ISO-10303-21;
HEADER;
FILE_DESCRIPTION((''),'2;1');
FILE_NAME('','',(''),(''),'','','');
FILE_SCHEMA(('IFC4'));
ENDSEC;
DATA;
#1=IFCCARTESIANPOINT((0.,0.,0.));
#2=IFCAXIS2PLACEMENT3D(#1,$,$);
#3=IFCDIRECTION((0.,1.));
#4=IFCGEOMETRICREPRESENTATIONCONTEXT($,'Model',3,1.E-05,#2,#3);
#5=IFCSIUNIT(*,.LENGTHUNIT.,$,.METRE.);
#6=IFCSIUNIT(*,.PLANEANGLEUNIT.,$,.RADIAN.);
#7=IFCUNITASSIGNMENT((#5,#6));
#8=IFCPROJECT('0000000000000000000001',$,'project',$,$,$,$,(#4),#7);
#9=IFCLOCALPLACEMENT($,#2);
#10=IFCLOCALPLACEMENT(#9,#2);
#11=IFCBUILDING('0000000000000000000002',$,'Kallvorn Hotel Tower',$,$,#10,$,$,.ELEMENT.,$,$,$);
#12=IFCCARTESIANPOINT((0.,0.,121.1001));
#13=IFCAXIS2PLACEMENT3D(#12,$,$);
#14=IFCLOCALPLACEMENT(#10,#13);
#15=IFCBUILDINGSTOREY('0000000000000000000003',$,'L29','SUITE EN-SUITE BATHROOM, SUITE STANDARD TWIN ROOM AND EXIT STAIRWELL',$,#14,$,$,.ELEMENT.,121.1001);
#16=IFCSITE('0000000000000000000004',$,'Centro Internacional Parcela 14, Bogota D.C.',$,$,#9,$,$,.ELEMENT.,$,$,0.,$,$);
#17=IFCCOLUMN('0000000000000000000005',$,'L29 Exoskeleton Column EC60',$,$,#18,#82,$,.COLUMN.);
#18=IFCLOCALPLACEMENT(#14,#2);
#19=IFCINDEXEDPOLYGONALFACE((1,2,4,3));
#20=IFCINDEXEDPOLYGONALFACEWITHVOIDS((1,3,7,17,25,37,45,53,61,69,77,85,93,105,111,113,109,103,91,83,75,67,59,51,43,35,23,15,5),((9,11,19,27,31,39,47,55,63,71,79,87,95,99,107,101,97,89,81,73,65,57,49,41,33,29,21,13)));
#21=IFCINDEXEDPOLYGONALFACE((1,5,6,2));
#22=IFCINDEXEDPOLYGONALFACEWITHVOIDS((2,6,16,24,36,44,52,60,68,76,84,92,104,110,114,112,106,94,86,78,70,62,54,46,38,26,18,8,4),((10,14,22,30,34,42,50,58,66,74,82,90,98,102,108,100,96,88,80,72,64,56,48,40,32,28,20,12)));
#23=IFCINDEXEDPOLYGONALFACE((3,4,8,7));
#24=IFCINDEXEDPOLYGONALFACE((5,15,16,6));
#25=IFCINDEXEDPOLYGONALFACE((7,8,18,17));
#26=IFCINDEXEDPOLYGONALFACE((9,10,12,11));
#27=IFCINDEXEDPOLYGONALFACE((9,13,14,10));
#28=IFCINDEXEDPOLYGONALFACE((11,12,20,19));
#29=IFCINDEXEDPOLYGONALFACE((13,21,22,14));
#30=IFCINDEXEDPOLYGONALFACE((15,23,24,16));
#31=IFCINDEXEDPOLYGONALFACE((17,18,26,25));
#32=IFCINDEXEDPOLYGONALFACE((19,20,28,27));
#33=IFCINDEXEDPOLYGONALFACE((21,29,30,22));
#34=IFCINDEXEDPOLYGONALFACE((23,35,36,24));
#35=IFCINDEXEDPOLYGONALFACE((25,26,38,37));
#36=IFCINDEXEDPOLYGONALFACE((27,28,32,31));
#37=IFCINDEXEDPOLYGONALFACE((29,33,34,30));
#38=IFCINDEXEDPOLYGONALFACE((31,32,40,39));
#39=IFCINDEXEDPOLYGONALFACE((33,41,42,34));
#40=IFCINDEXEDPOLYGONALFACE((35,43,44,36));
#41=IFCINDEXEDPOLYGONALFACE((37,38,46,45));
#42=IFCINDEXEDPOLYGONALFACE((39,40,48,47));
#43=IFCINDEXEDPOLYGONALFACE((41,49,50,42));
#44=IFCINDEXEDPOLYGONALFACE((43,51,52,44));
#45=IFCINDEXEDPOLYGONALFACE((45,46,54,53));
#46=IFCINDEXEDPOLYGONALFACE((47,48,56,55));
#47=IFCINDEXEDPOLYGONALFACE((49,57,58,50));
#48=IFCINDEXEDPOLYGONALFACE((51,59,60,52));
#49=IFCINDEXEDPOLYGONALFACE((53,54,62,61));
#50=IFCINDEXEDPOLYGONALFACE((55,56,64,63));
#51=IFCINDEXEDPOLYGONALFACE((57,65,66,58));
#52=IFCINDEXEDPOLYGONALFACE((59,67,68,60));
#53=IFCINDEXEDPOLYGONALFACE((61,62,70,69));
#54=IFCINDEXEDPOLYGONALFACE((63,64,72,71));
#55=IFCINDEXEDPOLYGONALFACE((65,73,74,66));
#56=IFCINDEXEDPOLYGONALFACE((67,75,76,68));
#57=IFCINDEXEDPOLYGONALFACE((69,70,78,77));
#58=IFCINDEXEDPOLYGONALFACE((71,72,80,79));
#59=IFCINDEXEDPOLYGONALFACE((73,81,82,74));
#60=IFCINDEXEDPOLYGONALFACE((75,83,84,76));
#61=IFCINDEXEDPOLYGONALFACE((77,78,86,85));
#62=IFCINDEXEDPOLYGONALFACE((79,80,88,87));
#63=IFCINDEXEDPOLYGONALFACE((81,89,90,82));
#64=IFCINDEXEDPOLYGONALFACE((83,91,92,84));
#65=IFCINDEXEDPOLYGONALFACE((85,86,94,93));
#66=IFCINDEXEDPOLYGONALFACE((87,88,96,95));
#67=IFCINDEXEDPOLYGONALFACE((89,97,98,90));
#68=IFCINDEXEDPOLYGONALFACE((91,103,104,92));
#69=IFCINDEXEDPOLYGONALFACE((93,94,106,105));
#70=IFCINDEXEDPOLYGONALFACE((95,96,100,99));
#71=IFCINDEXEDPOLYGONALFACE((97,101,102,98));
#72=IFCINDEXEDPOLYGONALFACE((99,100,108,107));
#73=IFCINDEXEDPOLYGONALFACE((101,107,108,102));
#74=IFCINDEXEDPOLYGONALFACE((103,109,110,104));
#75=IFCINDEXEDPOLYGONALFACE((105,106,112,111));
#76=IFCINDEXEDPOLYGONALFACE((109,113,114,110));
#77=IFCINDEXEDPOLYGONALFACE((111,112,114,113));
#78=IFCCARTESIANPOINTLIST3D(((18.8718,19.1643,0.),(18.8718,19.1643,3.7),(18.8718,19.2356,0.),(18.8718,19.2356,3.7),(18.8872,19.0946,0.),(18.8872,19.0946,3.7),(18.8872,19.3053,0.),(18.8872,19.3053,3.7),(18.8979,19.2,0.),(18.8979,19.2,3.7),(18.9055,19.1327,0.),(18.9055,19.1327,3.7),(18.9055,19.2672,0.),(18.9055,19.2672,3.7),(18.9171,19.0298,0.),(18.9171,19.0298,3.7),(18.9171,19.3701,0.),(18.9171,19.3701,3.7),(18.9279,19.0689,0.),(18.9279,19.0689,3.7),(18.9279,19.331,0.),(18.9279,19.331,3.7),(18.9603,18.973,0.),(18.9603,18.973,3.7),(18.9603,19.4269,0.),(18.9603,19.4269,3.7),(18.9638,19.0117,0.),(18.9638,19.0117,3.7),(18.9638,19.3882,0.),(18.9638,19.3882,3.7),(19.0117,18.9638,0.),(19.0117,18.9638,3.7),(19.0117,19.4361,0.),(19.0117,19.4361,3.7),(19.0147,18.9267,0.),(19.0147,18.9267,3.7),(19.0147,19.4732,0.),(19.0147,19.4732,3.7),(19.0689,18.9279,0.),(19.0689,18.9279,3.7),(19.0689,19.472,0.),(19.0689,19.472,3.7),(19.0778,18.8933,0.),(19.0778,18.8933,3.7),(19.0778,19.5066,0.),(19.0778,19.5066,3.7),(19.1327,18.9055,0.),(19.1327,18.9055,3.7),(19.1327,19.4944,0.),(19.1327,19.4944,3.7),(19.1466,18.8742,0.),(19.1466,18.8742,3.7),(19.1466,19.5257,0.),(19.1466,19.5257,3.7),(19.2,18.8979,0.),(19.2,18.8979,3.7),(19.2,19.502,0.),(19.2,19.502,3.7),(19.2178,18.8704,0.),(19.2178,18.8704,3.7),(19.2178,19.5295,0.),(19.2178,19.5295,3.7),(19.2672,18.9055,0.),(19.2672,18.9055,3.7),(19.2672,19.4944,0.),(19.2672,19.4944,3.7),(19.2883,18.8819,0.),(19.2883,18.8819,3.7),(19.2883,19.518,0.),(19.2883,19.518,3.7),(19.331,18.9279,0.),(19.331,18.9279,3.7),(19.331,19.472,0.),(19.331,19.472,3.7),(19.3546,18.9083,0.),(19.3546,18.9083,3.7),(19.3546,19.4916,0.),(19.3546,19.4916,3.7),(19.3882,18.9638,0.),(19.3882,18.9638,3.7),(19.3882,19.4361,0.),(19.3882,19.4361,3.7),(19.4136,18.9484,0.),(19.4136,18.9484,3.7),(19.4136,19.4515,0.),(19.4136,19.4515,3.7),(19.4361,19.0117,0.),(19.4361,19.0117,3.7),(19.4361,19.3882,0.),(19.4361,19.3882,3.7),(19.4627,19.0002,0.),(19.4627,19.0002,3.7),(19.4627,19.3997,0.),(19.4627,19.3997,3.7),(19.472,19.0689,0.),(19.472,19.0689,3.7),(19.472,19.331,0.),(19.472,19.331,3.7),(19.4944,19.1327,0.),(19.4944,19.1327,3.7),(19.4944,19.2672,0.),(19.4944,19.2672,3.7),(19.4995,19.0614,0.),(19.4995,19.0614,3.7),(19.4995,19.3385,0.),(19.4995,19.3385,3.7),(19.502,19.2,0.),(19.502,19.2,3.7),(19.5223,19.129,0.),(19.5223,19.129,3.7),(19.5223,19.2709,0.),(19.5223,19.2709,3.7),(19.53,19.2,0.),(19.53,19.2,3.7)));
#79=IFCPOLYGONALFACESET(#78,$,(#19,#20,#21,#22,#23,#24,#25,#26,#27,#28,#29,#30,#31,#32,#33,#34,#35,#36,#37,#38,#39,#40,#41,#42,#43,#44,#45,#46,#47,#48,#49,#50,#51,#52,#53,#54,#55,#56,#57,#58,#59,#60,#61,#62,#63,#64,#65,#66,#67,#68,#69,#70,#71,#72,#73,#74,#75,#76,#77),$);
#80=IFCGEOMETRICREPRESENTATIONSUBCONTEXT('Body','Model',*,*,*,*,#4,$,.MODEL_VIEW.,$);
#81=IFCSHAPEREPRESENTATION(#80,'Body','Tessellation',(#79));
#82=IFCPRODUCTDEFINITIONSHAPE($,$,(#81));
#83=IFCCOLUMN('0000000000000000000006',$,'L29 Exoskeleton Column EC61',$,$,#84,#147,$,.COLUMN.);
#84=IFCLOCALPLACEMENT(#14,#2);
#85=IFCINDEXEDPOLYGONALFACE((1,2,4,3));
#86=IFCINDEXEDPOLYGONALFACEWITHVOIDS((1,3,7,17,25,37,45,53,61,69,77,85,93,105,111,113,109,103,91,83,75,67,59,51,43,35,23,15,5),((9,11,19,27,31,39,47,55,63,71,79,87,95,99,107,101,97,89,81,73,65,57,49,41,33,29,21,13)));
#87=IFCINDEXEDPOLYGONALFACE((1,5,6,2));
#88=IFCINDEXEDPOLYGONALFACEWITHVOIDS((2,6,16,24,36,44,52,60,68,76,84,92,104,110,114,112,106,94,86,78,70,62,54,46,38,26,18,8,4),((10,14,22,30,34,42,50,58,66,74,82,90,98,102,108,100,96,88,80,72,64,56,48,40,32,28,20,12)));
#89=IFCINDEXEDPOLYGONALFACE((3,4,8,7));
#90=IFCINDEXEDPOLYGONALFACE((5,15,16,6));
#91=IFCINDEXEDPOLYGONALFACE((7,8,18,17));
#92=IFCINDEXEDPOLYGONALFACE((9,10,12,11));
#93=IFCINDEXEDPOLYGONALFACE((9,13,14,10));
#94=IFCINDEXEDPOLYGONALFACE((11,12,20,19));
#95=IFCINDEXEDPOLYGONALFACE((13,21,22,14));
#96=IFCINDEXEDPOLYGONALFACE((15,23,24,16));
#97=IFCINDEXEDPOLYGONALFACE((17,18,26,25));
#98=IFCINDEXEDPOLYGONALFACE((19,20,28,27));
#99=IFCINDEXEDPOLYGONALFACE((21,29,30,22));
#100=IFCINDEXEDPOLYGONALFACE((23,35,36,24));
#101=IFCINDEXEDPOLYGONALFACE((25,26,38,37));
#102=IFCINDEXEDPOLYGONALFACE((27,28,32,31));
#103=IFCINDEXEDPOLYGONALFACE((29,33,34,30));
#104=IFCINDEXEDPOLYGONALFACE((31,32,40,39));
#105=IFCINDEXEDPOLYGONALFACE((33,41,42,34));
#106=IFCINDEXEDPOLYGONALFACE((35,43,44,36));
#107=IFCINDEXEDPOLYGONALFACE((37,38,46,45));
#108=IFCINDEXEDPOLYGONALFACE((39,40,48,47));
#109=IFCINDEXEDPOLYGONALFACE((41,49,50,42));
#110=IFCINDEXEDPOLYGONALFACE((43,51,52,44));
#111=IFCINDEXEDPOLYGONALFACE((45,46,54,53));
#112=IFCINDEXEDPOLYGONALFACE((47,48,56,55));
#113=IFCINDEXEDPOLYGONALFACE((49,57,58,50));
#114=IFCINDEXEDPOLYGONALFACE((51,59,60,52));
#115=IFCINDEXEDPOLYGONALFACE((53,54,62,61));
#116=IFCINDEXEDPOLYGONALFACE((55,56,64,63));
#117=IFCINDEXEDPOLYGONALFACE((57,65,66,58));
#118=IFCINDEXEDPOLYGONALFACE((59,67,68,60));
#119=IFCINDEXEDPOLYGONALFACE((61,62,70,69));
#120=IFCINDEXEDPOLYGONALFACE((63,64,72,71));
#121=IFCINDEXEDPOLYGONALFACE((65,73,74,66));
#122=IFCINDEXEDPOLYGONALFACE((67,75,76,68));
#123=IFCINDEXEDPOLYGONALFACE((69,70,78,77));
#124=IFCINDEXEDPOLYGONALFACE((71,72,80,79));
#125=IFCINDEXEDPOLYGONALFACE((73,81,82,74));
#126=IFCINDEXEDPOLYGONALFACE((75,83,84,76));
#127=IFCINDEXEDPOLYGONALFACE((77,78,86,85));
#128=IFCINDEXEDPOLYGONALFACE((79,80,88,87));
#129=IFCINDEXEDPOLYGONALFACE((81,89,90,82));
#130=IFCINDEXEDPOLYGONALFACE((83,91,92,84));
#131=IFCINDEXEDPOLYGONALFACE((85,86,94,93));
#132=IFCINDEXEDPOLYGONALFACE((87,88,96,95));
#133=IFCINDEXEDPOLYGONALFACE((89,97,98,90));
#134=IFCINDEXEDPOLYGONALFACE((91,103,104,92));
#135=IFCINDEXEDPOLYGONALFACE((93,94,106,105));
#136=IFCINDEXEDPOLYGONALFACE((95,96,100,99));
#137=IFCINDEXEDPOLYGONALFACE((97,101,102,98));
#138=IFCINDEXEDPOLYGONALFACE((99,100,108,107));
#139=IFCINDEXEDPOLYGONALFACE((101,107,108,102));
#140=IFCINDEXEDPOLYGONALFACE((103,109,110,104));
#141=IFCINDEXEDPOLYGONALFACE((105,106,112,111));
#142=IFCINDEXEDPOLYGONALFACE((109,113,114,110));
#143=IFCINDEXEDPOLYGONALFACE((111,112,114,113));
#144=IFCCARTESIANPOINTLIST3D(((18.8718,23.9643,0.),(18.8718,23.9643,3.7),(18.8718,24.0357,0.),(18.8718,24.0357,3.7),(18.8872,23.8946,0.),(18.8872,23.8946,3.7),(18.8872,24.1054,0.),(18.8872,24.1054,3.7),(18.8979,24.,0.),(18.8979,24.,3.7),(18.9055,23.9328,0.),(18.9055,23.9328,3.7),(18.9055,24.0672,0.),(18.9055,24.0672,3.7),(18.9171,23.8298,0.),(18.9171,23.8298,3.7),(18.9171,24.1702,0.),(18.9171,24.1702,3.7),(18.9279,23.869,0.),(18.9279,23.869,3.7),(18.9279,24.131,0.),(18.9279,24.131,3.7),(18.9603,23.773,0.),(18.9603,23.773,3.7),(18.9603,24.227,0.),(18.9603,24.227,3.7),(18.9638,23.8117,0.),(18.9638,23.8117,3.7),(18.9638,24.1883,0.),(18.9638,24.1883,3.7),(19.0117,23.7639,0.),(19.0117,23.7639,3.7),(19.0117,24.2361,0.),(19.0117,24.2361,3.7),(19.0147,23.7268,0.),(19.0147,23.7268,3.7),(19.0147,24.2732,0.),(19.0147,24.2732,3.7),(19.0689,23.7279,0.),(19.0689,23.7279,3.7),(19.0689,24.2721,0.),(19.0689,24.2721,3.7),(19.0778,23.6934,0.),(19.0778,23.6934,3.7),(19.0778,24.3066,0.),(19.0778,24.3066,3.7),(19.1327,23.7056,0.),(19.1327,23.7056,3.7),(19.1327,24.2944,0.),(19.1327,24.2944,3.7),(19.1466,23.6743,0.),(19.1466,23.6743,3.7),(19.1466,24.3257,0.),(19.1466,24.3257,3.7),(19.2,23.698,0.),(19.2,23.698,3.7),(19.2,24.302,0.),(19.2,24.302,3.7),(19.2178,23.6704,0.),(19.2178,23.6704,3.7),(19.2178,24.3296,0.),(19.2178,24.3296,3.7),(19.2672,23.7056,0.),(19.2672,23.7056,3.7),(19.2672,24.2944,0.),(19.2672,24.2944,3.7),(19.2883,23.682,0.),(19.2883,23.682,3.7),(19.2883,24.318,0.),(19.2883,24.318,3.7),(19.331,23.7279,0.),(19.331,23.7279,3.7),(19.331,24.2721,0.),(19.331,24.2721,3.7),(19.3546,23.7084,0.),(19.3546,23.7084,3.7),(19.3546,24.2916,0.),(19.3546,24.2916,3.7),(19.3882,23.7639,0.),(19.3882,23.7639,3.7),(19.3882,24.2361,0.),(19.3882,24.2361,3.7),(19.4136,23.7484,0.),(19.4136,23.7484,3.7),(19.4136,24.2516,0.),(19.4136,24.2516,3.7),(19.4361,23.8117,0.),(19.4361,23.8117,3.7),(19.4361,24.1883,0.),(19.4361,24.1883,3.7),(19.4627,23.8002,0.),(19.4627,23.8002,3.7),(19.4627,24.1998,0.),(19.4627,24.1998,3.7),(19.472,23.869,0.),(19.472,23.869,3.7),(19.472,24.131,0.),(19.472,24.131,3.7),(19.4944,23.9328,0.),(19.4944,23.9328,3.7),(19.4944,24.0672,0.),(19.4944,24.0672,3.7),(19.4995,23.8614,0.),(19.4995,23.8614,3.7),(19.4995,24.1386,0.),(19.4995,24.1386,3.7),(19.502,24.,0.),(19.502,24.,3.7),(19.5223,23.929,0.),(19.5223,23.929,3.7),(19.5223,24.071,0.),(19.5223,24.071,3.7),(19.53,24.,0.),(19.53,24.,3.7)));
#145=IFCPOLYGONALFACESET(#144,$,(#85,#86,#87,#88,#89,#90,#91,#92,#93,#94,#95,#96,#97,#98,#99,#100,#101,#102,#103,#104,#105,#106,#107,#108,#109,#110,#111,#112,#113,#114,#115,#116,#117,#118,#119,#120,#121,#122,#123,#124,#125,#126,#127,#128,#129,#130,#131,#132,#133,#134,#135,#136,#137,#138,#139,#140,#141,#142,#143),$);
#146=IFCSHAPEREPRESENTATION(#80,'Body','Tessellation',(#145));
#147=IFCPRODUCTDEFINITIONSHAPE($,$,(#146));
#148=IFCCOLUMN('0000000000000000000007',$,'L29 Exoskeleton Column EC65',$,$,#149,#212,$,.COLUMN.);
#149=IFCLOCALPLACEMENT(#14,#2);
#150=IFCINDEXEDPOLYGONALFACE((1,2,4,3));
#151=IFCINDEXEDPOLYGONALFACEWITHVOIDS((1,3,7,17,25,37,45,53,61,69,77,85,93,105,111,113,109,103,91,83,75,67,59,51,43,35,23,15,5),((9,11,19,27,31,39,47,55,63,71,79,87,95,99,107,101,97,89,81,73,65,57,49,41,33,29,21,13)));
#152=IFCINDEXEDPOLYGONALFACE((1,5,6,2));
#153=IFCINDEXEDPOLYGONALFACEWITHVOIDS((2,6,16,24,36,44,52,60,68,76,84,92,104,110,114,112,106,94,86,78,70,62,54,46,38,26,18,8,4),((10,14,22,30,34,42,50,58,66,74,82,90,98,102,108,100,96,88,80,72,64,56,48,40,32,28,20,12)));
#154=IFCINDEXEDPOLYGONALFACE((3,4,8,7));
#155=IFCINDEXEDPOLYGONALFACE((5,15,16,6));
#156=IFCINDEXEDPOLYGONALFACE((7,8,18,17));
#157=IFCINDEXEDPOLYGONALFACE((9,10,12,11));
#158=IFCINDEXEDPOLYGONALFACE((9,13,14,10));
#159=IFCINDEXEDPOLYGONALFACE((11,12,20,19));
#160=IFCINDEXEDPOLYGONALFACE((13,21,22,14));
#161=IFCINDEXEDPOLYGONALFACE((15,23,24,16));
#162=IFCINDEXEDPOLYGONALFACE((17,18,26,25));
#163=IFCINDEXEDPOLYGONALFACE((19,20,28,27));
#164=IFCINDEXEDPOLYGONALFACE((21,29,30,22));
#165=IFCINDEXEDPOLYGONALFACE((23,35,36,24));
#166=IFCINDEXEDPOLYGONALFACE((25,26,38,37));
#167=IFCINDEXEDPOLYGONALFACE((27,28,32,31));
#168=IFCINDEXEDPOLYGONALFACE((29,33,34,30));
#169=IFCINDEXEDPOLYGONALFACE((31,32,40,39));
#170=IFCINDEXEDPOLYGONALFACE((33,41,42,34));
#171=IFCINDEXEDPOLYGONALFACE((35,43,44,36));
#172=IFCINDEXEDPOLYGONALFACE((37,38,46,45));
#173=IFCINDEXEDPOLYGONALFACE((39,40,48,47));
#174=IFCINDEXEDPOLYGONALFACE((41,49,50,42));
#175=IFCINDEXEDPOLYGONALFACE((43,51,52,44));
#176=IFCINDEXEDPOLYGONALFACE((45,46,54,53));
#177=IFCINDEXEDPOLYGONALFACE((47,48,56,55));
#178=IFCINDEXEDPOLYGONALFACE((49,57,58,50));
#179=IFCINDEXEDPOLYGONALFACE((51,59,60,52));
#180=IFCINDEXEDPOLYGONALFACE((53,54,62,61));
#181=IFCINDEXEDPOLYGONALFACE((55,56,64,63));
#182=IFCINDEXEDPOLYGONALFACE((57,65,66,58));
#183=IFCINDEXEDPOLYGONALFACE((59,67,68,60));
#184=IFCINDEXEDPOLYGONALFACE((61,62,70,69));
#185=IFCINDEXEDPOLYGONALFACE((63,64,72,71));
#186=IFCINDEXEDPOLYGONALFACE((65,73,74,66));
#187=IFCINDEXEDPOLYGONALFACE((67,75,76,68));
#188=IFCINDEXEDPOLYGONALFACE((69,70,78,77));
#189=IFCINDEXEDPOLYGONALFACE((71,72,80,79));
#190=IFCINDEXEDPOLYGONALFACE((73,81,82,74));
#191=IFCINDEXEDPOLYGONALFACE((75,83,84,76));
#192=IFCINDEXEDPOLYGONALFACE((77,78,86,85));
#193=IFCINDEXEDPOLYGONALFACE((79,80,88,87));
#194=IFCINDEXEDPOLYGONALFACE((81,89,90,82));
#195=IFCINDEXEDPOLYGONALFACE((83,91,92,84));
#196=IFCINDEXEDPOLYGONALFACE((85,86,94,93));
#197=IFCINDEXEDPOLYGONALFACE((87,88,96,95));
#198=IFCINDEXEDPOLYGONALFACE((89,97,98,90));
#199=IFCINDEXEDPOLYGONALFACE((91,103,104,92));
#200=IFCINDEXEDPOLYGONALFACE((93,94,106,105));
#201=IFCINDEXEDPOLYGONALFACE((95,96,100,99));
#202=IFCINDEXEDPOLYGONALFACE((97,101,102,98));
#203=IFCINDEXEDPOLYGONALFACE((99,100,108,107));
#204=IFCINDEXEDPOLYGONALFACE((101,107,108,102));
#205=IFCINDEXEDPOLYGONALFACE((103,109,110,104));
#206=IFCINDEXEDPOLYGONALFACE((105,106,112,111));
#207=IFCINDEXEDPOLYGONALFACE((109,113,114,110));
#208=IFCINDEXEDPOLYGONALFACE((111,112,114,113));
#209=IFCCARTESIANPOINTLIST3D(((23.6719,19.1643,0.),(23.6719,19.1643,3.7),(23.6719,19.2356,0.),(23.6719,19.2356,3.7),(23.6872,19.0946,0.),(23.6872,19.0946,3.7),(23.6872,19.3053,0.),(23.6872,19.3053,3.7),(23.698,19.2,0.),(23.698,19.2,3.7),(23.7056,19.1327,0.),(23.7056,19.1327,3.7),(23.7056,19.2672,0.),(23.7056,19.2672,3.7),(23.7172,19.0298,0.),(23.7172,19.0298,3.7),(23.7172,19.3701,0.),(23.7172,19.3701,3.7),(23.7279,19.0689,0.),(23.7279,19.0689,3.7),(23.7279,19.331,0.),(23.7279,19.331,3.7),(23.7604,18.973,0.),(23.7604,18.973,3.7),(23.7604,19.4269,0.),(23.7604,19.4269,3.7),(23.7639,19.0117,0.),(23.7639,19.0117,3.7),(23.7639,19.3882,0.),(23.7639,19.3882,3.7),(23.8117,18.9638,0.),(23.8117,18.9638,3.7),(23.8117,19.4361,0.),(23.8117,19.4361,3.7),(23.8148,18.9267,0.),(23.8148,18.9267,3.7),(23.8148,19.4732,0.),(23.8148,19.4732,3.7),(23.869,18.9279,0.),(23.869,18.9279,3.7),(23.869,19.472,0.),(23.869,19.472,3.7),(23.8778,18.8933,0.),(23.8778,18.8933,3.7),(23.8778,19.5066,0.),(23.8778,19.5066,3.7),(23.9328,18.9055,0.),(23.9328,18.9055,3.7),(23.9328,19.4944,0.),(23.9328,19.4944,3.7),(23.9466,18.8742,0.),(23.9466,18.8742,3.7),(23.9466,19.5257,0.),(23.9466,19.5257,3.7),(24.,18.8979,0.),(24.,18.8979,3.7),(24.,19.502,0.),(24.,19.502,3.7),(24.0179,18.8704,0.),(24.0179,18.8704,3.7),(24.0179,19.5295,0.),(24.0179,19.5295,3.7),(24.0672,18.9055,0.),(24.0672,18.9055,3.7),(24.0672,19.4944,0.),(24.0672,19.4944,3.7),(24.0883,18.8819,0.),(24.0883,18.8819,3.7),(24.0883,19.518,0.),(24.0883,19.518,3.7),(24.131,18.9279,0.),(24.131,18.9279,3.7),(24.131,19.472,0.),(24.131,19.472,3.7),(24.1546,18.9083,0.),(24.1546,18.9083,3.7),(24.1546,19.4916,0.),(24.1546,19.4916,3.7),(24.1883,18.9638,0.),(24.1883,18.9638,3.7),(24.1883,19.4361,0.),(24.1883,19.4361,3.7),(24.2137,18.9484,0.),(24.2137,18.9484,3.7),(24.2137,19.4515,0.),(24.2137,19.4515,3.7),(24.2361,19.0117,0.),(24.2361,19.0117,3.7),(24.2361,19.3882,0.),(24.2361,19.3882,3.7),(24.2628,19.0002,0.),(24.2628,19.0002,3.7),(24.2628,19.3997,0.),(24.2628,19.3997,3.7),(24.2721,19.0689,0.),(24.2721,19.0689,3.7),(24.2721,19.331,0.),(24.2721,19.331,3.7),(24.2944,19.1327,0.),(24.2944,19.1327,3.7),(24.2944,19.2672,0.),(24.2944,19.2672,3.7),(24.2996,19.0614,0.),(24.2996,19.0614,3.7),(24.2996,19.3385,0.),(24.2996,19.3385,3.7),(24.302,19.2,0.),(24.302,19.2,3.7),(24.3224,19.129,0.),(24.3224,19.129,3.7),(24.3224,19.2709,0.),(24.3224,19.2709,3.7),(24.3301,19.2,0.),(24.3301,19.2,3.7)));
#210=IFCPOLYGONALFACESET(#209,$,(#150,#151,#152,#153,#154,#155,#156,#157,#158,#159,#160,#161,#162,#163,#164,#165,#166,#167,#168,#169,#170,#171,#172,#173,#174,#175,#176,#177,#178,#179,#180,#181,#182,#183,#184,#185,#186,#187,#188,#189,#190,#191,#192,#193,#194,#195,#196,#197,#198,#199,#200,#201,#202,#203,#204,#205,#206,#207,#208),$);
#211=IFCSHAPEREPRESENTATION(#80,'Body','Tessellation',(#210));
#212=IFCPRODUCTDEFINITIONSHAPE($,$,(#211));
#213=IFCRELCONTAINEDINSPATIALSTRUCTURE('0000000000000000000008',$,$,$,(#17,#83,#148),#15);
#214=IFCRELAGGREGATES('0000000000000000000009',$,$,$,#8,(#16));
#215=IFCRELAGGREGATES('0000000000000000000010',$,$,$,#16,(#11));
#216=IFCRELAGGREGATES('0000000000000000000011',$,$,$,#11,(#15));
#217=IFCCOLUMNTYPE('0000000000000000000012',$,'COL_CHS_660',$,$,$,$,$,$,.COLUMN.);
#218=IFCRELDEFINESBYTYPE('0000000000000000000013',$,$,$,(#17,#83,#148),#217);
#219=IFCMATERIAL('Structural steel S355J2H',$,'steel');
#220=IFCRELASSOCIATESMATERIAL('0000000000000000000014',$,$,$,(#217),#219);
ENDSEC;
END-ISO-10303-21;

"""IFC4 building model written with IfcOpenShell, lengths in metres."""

from ifc_helpers import new_model, si_unit, direction, frame, origin, origin_2d, place, context, subcontext, project, spatial, hollow_circle, extrude, material, material_profile, profile_set, type_object, element, save


model = new_model("IFC4")

# Units and contexts
model_context = context("Model", 3, precision=1e-05, world=origin(), true_north=direction((0.0, 1.0)))
body_context = subcontext(model_context, "Body", "Model", "MODEL_VIEW")
ifc_project = project(units=[si_unit("LENGTHUNIT", "METRE"), si_unit("PLANEANGLEUNIT", "RADIAN")], contexts=[model_context])

# Site, building, storey
site_placement = place(None, origin())
site = spatial("IfcSite", under=ifc_project, at=site_placement, Name="Centro Internacional Parcela 14, Bogota D.C.", CompositionType="ELEMENT", RefElevation=0.0)
building_placement = place(site_placement, origin())
building = spatial("IfcBuilding", under=site, at=building_placement, Name="Kallvorn Hotel Tower", CompositionType="ELEMENT")
storey_placement = place(building_placement, frame((0.0, 0.0, 121.1001)))
storey = spatial("IfcBuildingStorey", under=building, at=storey_placement, Name="L29", Description="SUITE EN-SUITE BATHROOM, SUITE STANDARD TWIN ROOM AND EXIT STAIRWELL", CompositionType="ELEMENT", Elevation=121.1001)

# Columns
ifc_material_1 = material(Name="Structural steel S355J2H", Category="steel")
ifc_material_profile_1 = material_profile(ifc_material_1, hollow_circle(Radius=0.3301, WallThickness=0.0281, at=origin_2d()), Name="CHS 660x28")
ifc_profile_set_1 = profile_set([ifc_material_profile_1], Name="Structural steel S355J2H")
column_type_1 = type_object("IfcColumnType", Name="COL_CHS_660", PredefinedType="COLUMN", material=ifc_profile_set_1)
for number, where, z_axis, x_axis, name in (
    (1, (19.2, 19.2, 0.0), (0.0, 0.0, 1.0), (1.0, 0.0, 0.0), "L29 Exoskeleton Column EC60"),
    (2, (19.2, 24.0, 0.0), (0.0, 0.0, 1.0), (1.0, 0.0, 0.0), "L29 Exoskeleton Column EC61"),
    (3, (24.0, 19.2, 0.0), (0.0, 0.0, 1.0), (1.0, 0.0, 0.0), "L29 Exoskeleton Column EC65"),
):
    element("IfcColumn", number, at=place(storey_placement, frame(where, z_axis=z_axis, x_axis=x_axis)), inside=storey, type_object=column_type_1, Name=name, PredefinedType="COLUMN", context=body_context, shape_type="SweptSolid", body=[
        extrude(hollow_circle(Radius=0.3301, WallThickness=0.0281, at=origin_2d()), origin(), (0.0, 0.0, 1.0), 3.7),
    ])

save(model, "model.ifc")
